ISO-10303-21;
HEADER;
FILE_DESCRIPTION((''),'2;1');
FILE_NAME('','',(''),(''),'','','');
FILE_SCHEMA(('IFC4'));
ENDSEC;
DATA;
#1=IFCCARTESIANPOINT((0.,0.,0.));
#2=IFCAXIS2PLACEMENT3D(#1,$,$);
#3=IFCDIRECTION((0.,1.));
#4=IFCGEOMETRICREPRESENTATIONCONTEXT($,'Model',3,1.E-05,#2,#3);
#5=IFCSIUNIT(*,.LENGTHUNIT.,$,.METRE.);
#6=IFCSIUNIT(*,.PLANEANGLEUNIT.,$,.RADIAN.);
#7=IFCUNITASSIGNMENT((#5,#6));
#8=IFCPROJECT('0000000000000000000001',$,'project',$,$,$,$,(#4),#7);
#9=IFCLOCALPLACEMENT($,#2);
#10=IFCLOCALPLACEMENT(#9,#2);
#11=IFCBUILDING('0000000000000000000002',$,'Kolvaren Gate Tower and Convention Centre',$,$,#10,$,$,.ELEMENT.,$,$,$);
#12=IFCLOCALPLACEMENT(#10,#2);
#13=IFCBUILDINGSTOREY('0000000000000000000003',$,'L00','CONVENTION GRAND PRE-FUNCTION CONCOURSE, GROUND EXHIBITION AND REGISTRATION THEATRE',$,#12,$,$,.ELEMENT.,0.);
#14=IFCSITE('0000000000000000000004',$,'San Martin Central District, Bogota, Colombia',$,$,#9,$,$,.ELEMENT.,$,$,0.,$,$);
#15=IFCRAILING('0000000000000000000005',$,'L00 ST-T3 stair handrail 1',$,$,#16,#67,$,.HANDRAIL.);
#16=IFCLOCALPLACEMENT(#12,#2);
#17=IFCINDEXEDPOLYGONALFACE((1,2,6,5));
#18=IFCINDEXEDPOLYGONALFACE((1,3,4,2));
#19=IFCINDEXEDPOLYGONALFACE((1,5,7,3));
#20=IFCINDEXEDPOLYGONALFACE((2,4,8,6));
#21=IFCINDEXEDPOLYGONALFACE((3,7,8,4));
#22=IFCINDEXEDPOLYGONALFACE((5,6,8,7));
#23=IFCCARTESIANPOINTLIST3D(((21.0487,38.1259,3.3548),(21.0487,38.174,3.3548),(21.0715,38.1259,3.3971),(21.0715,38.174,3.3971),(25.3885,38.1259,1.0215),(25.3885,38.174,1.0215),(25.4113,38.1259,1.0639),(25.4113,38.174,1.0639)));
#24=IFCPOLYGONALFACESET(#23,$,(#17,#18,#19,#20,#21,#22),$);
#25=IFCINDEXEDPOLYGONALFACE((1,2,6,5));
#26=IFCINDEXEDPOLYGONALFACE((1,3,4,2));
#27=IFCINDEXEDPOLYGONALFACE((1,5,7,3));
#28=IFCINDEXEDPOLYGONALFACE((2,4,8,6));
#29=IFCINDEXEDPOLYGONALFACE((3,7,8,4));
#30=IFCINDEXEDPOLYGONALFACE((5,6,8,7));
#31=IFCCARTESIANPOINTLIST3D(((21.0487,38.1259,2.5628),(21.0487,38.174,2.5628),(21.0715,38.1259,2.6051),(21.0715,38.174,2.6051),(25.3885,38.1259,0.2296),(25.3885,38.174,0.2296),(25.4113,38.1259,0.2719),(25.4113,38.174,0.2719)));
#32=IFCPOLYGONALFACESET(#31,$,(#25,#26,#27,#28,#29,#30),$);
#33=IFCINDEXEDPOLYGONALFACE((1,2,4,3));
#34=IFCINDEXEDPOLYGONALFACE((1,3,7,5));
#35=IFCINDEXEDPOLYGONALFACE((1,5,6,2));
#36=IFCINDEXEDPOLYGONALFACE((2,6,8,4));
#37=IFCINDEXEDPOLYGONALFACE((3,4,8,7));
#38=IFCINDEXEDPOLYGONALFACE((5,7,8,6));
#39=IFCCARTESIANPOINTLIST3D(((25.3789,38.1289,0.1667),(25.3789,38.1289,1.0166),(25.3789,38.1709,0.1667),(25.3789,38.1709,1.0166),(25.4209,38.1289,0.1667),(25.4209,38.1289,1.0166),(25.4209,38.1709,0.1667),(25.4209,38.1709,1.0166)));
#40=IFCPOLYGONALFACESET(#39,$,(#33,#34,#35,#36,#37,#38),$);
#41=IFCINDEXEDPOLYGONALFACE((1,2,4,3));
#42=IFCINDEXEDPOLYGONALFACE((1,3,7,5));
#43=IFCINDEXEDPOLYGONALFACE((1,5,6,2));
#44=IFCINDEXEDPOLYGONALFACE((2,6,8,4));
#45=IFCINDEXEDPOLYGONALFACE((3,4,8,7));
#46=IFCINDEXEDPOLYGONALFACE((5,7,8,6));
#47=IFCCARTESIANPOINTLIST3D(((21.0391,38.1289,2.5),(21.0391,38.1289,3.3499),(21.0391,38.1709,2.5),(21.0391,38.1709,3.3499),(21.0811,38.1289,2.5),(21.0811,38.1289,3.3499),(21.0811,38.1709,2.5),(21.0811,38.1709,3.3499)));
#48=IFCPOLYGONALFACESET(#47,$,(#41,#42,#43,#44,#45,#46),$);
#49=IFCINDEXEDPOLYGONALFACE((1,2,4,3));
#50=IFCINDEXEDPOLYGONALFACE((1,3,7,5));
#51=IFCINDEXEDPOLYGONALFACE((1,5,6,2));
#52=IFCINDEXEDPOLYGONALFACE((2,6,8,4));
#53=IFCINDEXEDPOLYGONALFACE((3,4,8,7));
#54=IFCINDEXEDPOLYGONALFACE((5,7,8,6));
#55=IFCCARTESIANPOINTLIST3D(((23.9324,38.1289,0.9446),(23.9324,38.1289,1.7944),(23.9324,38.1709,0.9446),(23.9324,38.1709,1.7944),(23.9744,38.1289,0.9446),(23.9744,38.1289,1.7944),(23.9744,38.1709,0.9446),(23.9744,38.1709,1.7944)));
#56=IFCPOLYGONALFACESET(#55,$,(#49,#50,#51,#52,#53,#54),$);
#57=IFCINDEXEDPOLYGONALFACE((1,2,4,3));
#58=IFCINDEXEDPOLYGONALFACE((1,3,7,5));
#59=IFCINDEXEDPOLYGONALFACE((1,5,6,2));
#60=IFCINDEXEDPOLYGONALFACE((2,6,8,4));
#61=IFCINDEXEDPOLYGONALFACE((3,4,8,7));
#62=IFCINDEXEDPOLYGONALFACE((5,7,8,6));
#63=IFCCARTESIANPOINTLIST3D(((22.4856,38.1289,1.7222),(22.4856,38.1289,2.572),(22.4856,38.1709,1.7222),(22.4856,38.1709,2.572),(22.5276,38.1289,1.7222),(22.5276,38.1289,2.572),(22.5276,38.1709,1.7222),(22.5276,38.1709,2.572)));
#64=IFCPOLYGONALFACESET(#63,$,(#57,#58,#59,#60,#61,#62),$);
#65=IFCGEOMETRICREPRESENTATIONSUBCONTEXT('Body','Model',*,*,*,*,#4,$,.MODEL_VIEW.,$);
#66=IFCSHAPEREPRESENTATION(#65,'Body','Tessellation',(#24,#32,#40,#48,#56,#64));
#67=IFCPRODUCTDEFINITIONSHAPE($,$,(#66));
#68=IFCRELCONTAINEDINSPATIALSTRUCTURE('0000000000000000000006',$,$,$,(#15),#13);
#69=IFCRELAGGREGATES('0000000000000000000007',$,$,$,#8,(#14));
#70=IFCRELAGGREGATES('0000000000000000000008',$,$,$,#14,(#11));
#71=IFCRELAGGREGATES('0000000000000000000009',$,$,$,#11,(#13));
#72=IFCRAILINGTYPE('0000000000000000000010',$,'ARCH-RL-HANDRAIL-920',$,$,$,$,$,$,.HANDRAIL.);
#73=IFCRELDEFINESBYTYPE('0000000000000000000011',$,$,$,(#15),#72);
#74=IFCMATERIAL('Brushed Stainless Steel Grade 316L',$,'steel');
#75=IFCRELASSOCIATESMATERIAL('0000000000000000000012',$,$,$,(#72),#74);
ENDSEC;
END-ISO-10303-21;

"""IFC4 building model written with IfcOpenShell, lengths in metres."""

from ifc_helpers import new_model, si_unit, direction, frame, origin, origin_2d, place, context, subcontext, project, spatial, rectangle, extrude, material, type_object, element, save


model = new_model("IFC4")

# Units and contexts
model_context = context("Model", 3, precision=1e-05, world=origin(), true_north=direction((0.0, 1.0)))
body_context = subcontext(model_context, "Body", "Model", "MODEL_VIEW")
ifc_project = project(units=[si_unit("LENGTHUNIT", "METRE"), si_unit("PLANEANGLEUNIT", "RADIAN")], contexts=[model_context])

# Site, building, storey
site_placement = place(None, origin())
site = spatial("IfcSite", under=ifc_project, at=site_placement, Name="San Martin Central District, Bogota, Colombia", CompositionType="ELEMENT", RefElevation=0.0)
building_placement = place(site_placement, origin())
building = spatial("IfcBuilding", under=site, at=building_placement, Name="Kolvaren Gate Tower and Convention Centre", CompositionType="ELEMENT")
storey_placement = place(building_placement, origin())
storey = spatial("IfcBuildingStorey", under=building, at=storey_placement, Name="L00", Description="CONVENTION GRAND PRE-FUNCTION CONCOURSE, GROUND EXHIBITION AND REGISTRATION THEATRE", CompositionType="ELEMENT", Elevation=0.0)

# Railing
ifc_material_1 = material(Name="Brushed Stainless Steel Grade 316L", Category="steel")
railing_type_1 = type_object("IfcRailingType", Name="ARCH-RL-HANDRAIL-920", PredefinedType="HANDRAIL", material=ifc_material_1)
railing_1_placement = place(storey_placement, frame((25.3999, 38.1499, 0.1667)))
element("IfcRailing", 1, at=railing_1_placement, inside=storey, type_object=railing_type_1, Name="L00 ST-T3 stair handrail 1", PredefinedType="HANDRAIL", context=body_context, shape_type="SweptSolid", body=[
    extrude(rectangle(XDim=0.0481, YDim=0.0481, at=origin_2d()), frame((0.0, 0.0, 0.876), z_axis=(-0.880775, 0.0, 0.473535), x_axis=(0.0, -1.0, 0.0)), (0.0, 0.0, 1.0), 4.9272),
    extrude(rectangle(XDim=0.0481, YDim=0.0481, at=origin_2d()), frame((0.0, 0.0, 0.084), z_axis=(-0.880775, 0.0, 0.473535), x_axis=(0.0, -1.0, 0.0)), (0.0, 0.0, 1.0), 4.9272),
    extrude(rectangle(XDim=0.042, YDim=0.042, at=origin_2d()), origin(), (0.0, 0.0, 1.0), 0.8499),
    extrude(rectangle(XDim=0.042, YDim=0.042, at=origin_2d()), frame((-4.3398, 0.0, 2.3333)), (0.0, 0.0, 1.0), 0.8499),
    extrude(rectangle(XDim=0.042, YDim=0.042, at=origin_2d()), frame((-1.4465, 0.0, 0.7778)), (0.0, 0.0, 1.0), 0.8499),
    extrude(rectangle(XDim=0.042, YDim=0.042, at=origin_2d()), frame((-2.8933, 0.0, 1.5554)), (0.0, 0.0, 1.0), 0.8499),
])

save(model, "model.ifc")
